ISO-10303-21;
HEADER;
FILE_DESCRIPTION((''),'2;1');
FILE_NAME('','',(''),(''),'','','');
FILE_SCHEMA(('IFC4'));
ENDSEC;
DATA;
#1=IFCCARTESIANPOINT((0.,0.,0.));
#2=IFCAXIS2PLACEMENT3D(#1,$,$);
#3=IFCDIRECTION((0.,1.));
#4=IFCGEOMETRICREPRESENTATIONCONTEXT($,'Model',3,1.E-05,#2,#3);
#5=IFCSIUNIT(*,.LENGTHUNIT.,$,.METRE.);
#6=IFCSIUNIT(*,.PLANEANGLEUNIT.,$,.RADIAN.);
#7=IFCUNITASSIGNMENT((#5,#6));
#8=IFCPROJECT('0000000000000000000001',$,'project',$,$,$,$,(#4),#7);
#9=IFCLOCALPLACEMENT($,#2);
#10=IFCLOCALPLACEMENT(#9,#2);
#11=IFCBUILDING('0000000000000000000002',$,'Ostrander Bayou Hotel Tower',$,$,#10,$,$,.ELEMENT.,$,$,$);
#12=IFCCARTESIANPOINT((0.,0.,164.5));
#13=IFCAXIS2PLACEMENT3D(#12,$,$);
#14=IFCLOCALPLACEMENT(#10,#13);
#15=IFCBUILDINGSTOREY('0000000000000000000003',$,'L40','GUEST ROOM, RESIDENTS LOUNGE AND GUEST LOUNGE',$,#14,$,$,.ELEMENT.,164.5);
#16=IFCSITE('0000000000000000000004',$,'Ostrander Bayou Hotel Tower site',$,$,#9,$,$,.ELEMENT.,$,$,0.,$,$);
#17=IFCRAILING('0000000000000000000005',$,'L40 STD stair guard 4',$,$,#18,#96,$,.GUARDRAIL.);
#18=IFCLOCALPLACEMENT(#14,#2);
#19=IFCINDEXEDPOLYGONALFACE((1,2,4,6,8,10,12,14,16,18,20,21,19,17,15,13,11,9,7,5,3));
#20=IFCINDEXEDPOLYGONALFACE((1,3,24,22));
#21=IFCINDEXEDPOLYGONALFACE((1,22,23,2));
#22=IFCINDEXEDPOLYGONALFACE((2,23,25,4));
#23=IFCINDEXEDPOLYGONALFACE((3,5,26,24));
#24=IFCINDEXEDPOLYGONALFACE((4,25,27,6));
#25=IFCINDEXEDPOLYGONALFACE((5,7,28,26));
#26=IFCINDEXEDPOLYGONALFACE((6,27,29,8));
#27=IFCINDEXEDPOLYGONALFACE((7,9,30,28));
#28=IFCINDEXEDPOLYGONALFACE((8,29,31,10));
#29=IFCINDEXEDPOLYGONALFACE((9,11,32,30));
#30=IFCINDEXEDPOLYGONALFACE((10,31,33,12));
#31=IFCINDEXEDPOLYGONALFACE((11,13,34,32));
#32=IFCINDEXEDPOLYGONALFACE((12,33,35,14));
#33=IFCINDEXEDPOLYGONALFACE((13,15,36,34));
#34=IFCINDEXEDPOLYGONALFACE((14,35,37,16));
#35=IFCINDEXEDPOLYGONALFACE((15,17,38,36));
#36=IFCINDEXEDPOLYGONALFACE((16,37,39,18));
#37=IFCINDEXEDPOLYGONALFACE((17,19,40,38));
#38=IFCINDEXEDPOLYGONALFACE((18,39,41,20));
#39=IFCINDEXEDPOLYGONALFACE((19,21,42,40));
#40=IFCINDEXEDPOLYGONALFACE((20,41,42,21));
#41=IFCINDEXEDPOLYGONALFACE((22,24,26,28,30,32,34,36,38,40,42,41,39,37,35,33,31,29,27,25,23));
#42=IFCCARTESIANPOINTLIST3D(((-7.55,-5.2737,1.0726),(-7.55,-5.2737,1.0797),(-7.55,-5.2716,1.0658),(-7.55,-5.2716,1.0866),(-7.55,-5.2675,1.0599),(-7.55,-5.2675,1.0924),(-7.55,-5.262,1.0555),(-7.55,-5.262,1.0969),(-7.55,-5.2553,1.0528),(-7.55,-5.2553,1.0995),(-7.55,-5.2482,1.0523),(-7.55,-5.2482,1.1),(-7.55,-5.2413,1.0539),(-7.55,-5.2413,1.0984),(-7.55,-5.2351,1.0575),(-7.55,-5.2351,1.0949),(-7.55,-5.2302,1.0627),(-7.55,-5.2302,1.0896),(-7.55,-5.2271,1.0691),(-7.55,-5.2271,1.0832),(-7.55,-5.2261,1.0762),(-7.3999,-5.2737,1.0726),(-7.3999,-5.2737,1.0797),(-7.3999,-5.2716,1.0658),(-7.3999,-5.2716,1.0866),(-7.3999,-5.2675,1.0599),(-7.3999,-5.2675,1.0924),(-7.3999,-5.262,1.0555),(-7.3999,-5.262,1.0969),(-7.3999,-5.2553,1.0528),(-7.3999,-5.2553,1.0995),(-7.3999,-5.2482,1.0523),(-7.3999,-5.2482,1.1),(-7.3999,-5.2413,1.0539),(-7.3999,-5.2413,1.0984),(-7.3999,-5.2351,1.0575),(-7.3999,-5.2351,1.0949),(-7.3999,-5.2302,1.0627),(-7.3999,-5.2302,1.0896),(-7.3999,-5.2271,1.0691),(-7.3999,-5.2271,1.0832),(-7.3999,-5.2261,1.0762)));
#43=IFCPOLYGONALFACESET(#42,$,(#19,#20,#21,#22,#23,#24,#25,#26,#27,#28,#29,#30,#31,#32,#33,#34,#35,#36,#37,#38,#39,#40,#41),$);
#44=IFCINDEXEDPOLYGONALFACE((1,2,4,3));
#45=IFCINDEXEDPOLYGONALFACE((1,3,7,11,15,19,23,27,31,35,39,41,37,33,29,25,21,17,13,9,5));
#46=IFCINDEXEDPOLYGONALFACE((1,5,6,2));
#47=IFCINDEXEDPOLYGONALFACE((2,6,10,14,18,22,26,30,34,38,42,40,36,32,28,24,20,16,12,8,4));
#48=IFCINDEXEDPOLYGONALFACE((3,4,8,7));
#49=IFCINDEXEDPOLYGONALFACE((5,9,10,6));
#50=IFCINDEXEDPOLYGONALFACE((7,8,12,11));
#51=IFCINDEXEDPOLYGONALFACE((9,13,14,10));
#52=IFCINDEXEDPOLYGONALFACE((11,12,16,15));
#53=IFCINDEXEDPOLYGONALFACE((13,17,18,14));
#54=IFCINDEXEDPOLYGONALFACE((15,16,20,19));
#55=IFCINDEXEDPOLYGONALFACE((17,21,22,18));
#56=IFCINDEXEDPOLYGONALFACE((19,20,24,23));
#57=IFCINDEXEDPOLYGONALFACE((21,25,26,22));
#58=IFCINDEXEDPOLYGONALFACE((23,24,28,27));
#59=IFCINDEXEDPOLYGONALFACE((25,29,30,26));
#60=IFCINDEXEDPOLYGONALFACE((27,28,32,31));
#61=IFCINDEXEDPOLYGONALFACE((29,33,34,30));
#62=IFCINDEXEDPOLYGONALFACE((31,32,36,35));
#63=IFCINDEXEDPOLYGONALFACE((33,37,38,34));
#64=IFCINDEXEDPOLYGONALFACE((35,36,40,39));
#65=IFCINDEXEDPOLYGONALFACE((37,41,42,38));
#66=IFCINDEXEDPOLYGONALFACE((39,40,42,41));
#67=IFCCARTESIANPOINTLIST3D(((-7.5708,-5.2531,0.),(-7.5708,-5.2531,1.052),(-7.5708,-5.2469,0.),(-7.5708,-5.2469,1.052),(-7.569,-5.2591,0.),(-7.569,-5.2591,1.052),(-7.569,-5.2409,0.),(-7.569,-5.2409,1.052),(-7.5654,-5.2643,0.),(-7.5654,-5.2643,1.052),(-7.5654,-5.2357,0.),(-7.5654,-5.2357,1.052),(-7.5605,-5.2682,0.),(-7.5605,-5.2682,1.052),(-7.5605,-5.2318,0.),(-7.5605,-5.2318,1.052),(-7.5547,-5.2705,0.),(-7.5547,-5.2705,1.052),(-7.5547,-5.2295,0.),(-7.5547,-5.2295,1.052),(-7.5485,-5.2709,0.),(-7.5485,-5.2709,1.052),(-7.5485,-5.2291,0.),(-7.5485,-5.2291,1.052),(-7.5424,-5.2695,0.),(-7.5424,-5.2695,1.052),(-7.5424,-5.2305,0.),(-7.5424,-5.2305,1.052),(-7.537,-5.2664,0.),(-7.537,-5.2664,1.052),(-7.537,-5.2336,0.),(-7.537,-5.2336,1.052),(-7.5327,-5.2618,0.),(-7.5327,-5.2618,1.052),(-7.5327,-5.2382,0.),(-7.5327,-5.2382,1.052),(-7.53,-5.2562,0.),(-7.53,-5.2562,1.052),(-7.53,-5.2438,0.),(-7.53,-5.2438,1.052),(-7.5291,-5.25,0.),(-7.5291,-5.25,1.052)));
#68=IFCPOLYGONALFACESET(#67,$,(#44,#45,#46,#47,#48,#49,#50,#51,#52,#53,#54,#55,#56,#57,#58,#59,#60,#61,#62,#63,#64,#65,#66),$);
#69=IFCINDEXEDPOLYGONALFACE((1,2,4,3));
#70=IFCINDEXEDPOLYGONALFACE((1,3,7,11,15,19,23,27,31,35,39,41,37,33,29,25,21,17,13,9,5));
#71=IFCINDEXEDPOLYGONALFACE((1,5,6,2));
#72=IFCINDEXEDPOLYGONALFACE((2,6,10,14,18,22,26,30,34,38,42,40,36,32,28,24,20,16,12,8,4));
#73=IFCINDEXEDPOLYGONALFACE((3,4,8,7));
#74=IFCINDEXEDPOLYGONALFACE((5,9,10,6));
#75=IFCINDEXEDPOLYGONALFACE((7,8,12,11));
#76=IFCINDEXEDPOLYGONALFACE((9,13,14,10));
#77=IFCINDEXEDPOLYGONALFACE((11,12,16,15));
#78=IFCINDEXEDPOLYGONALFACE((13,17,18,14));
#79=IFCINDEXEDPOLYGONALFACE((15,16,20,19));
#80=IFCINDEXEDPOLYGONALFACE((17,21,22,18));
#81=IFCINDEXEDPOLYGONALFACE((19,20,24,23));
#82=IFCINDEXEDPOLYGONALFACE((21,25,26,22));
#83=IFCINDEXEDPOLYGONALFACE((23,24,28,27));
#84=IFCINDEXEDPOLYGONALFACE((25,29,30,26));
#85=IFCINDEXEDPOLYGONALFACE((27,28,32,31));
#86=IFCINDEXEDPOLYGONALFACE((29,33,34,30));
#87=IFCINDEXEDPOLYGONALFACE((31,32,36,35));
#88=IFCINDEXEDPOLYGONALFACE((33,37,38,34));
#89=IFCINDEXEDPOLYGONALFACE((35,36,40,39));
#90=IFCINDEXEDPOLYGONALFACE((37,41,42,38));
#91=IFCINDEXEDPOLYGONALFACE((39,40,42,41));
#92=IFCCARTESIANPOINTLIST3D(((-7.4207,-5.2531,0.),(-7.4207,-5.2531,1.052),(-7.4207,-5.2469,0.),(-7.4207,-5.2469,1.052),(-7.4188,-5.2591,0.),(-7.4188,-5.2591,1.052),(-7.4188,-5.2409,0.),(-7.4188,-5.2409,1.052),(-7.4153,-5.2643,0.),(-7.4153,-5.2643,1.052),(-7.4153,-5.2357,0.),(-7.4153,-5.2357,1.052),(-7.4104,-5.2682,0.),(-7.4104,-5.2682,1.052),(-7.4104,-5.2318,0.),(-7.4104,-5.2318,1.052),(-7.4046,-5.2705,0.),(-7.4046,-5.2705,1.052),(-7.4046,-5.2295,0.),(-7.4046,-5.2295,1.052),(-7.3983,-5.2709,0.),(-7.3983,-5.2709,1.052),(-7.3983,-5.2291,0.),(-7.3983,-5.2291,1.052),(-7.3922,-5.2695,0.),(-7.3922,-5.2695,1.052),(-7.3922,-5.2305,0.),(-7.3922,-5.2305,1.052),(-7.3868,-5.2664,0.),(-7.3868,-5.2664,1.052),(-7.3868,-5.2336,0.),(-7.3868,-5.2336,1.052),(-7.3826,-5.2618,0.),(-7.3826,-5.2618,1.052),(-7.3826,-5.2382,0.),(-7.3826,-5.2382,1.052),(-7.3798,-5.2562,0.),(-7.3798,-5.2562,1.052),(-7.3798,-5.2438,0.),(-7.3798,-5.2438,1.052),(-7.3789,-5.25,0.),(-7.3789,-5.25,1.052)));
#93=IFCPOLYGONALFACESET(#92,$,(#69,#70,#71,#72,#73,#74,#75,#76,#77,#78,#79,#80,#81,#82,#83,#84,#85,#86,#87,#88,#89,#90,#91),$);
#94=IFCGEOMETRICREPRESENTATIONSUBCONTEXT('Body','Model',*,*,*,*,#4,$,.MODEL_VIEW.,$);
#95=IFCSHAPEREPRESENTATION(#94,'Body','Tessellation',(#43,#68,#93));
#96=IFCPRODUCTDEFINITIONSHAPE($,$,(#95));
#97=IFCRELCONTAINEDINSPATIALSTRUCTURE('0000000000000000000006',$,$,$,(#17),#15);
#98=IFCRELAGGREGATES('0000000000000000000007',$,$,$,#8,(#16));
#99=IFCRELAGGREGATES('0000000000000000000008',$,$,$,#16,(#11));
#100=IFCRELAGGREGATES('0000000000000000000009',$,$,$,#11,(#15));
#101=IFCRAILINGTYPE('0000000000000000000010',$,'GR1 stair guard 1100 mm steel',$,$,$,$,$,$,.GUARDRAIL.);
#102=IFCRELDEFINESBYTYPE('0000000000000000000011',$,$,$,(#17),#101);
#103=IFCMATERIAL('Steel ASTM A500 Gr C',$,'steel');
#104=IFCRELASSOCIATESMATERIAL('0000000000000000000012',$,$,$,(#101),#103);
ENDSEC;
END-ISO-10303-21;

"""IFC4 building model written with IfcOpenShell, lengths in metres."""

from ifc_helpers import new_model, si_unit, direction, frame, origin, origin_2d, place, context, subcontext, project, spatial, circle, extrude, material, type_object, element, save


model = new_model("IFC4")

# Units and contexts
model_context = context("Model", 3, precision=1e-05, world=origin(), true_north=direction((0.0, 1.0)))
body_context = subcontext(model_context, "Body", "Model", "MODEL_VIEW")
ifc_project = project(units=[si_unit("LENGTHUNIT", "METRE"), si_unit("PLANEANGLEUNIT", "RADIAN")], contexts=[model_context])

# Site, building, storey
site_placement = place(None, origin())
site = spatial("IfcSite", under=ifc_project, at=site_placement, Name="Ostrander Bayou Hotel Tower site", CompositionType="ELEMENT", RefElevation=0.0)
building_placement = place(site_placement, origin())
building = spatial("IfcBuilding", under=site, at=building_placement, Name="Ostrander Bayou Hotel Tower", CompositionType="ELEMENT")
storey_placement = place(building_placement, frame((0.0, 0.0, 164.5)))
storey = spatial("IfcBuildingStorey", under=building, at=storey_placement, Name="L40", Description="GUEST ROOM, RESIDENTS LOUNGE AND GUEST LOUNGE", CompositionType="ELEMENT", Elevation=164.5)

# Railing
ifc_material_1 = material(Name="Steel ASTM A500 Gr C", Category="steel")
railing_type_1 = type_object("IfcRailingType", Name="GR1 stair guard 1100 mm steel", PredefinedType="GUARDRAIL", material=ifc_material_1)
railing_1_placement = place(storey_placement, frame((-7.55, -5.25, 0.0)))
element("IfcRailing", 1, at=railing_1_placement, inside=storey, type_object=railing_type_1, Name="L40 STD stair guard 4", PredefinedType="GUARDRAIL", context=body_context, shape_type="SweptSolid", body=[
    extrude(circle(Radius=0.0239, at=origin_2d()), frame((0.0, 0.0, 1.0762), z_axis=(1.0, 0.0, 0.0), x_axis=(0.0, 1.0, 0.0)), (0.0, 0.0, 1.0), 0.1501),
    extrude(circle(Radius=0.021, at=origin_2d()), origin(), (0.0, 0.0, 1.0), 1.052),
    extrude(circle(Radius=0.021, at=origin_2d()), frame((0.1501, 0.0, 0.0)), (0.0, 0.0, 1.0), 1.052),
])

save(model, "model.ifc")
